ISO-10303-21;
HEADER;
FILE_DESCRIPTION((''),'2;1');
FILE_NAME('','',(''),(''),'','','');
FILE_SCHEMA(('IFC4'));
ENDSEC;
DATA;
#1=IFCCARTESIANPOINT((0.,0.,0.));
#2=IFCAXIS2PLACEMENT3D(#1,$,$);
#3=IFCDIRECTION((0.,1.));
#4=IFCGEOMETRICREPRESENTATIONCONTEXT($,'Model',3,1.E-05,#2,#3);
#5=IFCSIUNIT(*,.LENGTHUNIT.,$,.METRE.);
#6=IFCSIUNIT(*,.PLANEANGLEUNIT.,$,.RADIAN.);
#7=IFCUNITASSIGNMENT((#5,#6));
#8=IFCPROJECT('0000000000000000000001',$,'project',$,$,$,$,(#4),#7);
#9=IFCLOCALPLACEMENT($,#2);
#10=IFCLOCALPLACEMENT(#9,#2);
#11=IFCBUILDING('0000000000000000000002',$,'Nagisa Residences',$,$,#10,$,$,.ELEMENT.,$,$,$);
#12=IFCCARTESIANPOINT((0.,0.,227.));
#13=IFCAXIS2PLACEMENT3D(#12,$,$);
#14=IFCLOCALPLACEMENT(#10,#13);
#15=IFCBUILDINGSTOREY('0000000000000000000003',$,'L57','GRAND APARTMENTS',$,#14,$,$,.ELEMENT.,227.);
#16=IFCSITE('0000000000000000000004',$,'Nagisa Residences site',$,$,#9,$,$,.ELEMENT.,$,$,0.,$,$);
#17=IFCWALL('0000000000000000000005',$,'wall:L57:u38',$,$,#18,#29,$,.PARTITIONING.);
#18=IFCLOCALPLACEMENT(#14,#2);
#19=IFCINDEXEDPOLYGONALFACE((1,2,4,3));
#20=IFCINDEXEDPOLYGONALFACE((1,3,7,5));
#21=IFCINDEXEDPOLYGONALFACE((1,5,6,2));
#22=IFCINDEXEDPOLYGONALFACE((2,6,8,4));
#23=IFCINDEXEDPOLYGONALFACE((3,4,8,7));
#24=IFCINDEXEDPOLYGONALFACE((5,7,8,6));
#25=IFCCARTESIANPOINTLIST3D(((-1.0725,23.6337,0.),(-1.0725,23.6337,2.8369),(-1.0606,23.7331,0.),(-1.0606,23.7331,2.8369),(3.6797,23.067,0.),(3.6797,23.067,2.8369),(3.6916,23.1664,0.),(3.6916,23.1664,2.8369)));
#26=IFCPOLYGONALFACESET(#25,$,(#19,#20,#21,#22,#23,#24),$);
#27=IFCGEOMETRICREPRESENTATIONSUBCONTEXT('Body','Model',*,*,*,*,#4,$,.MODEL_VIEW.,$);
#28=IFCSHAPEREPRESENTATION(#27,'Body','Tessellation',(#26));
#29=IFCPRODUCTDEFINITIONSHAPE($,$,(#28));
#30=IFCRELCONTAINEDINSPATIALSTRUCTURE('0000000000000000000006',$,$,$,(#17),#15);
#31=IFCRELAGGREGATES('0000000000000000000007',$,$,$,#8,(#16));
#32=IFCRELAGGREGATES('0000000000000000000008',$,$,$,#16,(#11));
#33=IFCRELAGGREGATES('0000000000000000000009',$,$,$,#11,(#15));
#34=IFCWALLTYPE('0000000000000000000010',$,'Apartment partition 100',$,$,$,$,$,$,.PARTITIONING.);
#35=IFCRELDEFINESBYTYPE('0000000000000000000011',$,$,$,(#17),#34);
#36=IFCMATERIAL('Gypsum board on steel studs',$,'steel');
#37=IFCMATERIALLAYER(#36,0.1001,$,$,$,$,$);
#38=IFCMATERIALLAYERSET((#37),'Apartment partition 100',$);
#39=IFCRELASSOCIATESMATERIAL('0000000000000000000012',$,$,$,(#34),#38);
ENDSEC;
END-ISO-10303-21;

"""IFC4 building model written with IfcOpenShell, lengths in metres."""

from ifc_helpers import new_model, si_unit, direction, frame, frame_2d, origin, place, context, subcontext, project, spatial, rectangle, extrude, material, layer, layer_set, type_object, element, save


model = new_model("IFC4")

# Units and contexts
model_context = context("Model", 3, precision=1e-05, world=origin(), true_north=direction((0.0, 1.0)))
body_context = subcontext(model_context, "Body", "Model", "MODEL_VIEW")
ifc_project = project(units=[si_unit("LENGTHUNIT", "METRE"), si_unit("PLANEANGLEUNIT", "RADIAN")], contexts=[model_context])

# Site, building, storey
site_placement = place(None, origin())
site = spatial("IfcSite", under=ifc_project, at=site_placement, Name="Nagisa Residences site", CompositionType="ELEMENT", RefElevation=0.0)
building_placement = place(site_placement, origin())
building = spatial("IfcBuilding", under=site, at=building_placement, Name="Nagisa Residences", CompositionType="ELEMENT")
storey_placement = place(building_placement, frame((0.0, 0.0, 227.0)))
storey = spatial("IfcBuildingStorey", under=building, at=storey_placement, Name="L57", Description="GRAND APARTMENTS", CompositionType="ELEMENT", Elevation=227.0)

# Shared definitions
ifc_material_1 = material(Name="Gypsum board on steel studs", Category="steel")
ifc_layer_1 = layer(ifc_material_1, 0.1001)
ifc_layer_set_1 = layer_set([ifc_layer_1], Name="Apartment partition 100")
wall_type_1 = type_object("IfcWallType", Name="Apartment partition 100", PredefinedType="PARTITIONING", material=ifc_layer_set_1)

# Wall
wall_1_placement = place(storey_placement, frame((3.6858, 23.1167, 0.0), z_axis=(0.0, 0.0, 1.0), x_axis=(-0.992966, 0.118401, 0.0)))
element("IfcWall", 1, at=wall_1_placement, inside=storey, type_object=wall_type_1, Name="wall:L57:u38", PredefinedType="PARTITIONING", context=body_context, shape_type="SweptSolid", body=[
    extrude(rectangle(XDim=4.7859, YDim=0.1001, at=frame_2d((2.3931, 0.0))), origin(), (0.0, 0.0, 1.0), 2.8369),
])

save(model, "model.ifc")
